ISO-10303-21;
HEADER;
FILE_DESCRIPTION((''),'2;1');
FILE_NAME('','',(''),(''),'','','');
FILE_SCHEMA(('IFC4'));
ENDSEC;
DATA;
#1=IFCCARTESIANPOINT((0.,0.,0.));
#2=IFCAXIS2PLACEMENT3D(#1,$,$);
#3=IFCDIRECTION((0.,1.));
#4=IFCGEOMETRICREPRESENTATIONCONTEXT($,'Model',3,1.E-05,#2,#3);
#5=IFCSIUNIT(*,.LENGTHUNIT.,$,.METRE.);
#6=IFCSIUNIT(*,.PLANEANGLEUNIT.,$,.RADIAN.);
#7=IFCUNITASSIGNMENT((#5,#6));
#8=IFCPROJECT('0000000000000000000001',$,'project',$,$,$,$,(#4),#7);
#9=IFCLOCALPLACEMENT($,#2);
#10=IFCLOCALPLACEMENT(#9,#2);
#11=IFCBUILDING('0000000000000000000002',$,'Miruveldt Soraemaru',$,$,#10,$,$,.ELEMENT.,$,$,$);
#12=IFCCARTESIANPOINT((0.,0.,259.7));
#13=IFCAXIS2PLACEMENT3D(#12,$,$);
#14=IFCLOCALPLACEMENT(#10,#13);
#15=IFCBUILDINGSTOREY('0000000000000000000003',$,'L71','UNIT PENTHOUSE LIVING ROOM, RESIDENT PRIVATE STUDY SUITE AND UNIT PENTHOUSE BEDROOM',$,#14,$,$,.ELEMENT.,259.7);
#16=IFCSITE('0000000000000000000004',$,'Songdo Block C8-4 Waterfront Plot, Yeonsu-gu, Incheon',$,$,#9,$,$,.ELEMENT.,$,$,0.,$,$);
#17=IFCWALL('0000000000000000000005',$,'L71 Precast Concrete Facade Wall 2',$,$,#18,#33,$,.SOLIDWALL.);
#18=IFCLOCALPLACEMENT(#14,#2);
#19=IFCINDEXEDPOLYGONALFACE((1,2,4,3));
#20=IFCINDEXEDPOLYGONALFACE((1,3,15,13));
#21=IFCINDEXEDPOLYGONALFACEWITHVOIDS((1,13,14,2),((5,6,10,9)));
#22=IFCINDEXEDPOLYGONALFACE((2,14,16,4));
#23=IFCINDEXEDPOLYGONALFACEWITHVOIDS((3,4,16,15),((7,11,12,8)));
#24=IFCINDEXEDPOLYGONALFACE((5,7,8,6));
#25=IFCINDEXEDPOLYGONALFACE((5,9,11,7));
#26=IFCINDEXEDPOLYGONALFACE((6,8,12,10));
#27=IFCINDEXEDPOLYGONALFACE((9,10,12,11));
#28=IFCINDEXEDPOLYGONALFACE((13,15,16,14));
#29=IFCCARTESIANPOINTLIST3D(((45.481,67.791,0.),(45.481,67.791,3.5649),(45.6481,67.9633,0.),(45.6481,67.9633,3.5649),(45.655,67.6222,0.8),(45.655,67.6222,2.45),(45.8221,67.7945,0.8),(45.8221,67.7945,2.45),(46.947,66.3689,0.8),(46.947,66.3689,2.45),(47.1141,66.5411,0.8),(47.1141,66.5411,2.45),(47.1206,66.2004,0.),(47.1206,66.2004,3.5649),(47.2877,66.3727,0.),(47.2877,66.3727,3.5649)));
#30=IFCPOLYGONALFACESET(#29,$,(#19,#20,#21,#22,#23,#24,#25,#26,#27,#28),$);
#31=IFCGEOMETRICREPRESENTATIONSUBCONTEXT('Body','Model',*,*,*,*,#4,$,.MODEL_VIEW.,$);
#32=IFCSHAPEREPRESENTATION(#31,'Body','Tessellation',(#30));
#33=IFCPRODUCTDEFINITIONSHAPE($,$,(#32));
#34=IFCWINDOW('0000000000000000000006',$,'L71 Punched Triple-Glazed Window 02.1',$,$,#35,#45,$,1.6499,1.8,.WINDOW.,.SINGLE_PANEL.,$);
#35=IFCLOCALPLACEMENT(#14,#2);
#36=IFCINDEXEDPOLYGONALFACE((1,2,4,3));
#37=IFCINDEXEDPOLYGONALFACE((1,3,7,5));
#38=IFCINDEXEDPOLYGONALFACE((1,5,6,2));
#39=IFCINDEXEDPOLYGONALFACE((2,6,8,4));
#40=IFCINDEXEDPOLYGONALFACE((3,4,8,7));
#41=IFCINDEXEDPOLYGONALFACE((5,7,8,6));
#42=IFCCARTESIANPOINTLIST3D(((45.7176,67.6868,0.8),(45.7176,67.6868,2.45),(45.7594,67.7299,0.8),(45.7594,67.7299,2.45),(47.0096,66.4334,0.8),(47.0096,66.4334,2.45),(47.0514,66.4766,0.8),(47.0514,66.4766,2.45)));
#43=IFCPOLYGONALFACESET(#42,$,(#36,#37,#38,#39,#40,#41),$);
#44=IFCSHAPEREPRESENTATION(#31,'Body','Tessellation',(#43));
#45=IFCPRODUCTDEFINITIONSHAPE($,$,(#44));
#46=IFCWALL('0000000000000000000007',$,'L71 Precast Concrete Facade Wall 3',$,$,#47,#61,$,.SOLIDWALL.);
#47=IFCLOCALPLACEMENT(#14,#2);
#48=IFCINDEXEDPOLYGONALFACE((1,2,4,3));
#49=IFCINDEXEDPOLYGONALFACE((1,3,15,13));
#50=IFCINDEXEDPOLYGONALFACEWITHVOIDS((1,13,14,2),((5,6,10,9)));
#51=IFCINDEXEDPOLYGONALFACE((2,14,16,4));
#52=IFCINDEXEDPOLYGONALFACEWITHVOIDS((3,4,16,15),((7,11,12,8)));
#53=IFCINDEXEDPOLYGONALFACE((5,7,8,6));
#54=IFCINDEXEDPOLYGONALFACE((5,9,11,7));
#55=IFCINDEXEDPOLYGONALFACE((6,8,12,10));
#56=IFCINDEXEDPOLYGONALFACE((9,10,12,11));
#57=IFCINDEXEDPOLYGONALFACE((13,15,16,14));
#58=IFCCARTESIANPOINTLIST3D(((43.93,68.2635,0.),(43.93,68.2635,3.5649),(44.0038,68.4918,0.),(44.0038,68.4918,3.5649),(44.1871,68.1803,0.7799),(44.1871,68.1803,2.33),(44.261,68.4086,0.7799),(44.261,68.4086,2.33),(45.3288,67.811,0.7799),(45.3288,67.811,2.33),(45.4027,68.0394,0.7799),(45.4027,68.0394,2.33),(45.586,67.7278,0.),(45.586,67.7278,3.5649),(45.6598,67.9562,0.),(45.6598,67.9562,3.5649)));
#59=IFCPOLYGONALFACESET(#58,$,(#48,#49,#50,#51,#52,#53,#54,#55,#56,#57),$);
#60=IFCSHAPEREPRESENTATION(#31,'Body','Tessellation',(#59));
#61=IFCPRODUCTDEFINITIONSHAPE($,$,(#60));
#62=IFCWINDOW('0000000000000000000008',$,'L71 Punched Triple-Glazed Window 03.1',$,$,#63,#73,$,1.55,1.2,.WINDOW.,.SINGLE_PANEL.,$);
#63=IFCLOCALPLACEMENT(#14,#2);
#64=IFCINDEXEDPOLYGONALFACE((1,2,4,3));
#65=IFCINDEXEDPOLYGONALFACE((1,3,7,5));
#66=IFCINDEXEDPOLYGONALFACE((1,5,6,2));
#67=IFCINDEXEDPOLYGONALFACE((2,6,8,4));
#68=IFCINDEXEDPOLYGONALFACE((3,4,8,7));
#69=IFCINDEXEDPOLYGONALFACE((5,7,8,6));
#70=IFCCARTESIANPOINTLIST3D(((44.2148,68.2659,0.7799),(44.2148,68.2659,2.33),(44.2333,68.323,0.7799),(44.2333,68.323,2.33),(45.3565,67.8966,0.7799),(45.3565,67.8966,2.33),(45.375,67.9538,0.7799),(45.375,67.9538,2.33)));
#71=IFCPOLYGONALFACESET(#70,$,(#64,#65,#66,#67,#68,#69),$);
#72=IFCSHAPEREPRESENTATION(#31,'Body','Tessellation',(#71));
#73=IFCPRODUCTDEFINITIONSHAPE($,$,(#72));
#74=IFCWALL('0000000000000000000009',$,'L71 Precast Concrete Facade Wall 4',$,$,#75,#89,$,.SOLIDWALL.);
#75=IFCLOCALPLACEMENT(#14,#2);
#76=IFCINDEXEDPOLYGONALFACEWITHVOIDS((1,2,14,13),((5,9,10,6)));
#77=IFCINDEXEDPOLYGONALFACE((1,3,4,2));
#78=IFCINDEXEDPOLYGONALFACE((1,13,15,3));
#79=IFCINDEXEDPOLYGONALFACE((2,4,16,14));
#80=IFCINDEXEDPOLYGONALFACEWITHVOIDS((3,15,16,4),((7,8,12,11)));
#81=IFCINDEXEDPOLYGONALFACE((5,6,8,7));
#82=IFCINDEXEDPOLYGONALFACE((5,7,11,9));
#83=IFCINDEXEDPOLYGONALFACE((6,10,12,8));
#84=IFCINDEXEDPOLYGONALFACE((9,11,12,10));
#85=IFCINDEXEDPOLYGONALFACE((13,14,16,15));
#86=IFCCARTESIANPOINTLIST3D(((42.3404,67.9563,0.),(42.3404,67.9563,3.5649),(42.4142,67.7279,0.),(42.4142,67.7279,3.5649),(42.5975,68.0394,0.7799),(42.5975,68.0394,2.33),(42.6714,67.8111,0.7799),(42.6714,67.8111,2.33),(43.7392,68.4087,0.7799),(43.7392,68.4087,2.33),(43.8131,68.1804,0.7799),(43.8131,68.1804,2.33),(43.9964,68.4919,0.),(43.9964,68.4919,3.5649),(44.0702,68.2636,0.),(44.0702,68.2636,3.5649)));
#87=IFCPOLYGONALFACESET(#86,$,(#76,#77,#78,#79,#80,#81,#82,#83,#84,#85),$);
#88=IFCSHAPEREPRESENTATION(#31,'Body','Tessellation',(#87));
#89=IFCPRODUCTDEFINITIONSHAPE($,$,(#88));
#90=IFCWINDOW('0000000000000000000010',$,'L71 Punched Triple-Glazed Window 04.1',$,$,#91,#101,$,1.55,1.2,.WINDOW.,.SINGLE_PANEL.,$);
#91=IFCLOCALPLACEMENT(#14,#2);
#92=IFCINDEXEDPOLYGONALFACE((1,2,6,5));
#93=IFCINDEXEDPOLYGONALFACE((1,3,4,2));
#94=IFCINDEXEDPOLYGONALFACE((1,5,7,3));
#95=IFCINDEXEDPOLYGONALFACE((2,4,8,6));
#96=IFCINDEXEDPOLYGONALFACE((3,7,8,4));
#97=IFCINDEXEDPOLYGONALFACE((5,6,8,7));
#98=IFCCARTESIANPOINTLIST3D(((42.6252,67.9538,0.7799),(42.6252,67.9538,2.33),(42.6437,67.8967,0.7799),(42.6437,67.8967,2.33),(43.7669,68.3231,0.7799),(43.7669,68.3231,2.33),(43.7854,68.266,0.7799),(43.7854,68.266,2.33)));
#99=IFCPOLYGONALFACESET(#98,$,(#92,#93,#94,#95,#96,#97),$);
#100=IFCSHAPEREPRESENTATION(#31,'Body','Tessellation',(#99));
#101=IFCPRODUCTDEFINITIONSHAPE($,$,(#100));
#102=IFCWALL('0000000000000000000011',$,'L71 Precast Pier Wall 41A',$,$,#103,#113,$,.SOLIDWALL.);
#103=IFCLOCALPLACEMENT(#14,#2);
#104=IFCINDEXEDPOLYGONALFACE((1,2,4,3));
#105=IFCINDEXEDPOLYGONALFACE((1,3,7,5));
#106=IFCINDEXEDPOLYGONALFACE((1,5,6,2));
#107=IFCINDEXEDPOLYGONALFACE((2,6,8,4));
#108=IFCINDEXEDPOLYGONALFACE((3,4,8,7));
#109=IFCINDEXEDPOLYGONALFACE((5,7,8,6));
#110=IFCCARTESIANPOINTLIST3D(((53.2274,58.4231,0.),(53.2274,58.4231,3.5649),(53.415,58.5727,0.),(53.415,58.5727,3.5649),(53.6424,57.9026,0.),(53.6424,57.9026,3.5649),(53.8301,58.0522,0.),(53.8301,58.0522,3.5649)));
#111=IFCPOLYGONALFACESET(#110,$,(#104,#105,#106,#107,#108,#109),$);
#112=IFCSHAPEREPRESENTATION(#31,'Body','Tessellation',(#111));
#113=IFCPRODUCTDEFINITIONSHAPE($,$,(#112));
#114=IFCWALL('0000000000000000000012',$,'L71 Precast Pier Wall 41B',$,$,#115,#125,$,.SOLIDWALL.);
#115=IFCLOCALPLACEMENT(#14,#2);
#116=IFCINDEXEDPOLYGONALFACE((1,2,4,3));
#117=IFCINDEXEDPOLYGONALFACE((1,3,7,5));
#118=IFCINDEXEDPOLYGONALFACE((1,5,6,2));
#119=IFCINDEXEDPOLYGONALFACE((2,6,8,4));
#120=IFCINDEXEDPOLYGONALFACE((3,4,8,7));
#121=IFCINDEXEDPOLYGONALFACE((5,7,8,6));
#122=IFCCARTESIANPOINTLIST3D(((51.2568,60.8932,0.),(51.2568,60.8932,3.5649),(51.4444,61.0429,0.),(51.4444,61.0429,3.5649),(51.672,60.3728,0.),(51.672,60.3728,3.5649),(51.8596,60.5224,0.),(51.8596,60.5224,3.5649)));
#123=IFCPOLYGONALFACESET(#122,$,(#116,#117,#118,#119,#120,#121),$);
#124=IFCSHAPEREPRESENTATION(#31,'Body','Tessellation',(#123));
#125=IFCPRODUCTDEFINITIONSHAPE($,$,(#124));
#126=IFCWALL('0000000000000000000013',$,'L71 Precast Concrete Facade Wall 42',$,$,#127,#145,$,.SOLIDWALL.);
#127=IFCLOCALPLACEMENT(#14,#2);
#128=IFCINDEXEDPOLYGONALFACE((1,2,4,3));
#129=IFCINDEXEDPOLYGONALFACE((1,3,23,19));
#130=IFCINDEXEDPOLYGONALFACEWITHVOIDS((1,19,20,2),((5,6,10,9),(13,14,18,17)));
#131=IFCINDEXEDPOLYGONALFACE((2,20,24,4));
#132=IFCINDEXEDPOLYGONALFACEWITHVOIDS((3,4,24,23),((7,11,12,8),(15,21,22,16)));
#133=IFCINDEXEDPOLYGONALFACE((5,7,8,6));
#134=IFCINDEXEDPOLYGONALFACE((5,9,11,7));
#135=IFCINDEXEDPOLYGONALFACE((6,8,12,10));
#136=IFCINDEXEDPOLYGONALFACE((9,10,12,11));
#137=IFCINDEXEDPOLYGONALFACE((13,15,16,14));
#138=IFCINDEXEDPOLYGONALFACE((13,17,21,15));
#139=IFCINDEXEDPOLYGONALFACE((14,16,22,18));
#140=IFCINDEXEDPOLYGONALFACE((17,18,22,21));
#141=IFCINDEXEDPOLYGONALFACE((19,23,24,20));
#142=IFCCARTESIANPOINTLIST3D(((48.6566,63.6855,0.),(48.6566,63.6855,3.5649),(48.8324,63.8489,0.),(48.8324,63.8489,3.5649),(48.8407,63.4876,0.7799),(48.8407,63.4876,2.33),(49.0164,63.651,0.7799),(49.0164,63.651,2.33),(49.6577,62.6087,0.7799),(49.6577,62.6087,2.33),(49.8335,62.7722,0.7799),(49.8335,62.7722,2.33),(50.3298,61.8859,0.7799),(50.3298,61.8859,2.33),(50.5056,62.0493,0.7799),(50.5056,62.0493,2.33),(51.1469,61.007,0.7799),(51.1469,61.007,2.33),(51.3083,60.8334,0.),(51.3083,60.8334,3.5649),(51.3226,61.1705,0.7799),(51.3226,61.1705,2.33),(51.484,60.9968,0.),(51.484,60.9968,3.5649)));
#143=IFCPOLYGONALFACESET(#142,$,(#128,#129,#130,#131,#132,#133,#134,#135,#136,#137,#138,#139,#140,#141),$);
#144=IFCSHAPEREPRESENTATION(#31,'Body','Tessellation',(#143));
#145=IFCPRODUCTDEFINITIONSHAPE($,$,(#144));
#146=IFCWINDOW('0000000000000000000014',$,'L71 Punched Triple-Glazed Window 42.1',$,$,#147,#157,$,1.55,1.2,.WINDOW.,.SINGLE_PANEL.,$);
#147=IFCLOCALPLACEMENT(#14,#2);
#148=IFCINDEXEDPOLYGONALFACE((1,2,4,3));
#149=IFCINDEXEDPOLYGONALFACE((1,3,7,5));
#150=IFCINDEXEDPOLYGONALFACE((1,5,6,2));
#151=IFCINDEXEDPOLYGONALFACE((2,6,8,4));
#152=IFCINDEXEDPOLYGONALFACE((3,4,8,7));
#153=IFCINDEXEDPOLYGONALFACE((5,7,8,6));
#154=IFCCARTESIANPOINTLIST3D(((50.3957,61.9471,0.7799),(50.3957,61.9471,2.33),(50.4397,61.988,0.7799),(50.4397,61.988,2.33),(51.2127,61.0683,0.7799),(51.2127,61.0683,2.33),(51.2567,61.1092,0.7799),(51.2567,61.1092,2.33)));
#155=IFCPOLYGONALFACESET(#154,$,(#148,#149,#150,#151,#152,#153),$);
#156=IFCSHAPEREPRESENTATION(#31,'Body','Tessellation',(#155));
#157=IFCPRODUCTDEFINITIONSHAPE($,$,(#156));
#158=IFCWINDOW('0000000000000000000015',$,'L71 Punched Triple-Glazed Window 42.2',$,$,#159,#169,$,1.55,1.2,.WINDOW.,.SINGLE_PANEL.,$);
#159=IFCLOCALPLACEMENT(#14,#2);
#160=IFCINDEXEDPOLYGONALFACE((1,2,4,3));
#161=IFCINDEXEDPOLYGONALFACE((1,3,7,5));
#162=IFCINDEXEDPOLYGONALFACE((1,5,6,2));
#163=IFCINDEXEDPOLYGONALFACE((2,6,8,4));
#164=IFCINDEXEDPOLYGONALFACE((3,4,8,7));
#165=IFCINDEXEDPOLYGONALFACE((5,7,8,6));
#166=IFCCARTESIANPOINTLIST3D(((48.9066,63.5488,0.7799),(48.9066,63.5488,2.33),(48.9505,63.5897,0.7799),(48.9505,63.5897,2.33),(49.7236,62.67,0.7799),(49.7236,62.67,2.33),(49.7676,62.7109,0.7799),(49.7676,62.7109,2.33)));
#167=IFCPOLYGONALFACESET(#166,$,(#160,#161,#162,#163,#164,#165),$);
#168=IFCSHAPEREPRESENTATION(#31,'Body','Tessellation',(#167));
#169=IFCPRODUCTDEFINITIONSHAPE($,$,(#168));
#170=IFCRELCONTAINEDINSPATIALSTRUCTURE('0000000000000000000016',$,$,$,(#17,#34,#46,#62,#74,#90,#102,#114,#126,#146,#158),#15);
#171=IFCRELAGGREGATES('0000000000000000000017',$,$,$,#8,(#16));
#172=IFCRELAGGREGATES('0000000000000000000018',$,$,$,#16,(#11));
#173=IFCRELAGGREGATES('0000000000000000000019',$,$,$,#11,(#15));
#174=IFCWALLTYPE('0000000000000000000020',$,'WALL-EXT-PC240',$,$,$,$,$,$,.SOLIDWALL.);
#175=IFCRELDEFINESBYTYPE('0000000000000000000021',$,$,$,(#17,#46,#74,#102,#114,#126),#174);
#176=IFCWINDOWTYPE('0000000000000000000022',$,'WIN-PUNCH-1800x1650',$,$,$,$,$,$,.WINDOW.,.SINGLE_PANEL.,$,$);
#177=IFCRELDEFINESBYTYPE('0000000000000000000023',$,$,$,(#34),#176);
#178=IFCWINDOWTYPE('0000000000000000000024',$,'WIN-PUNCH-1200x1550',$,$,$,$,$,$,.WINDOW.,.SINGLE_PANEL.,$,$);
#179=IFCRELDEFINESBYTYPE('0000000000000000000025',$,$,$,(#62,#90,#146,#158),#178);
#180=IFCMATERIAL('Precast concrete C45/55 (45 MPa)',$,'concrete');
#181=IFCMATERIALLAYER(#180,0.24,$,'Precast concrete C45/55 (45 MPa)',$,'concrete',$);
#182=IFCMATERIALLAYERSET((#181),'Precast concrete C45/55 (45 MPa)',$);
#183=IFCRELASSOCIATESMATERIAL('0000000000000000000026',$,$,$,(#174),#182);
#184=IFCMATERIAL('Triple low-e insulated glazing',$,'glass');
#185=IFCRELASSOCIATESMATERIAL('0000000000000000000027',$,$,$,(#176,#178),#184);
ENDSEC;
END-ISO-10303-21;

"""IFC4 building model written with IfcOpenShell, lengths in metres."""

from ifc_helpers import new_model, si_unit, direction, frame, frame_2d, origin, place, context, subcontext, project, spatial, rectangle, extrude, material, layer, layer_set, type_object, element, fill, save


model = new_model("IFC4")

# Units and contexts
model_context = context("Model", 3, precision=1e-05, world=origin(), true_north=direction((0.0, 1.0)))
body_context = subcontext(model_context, "Body", "Model", "MODEL_VIEW")
ifc_project = project(units=[si_unit("LENGTHUNIT", "METRE"), si_unit("PLANEANGLEUNIT", "RADIAN")], contexts=[model_context])

# Site, building, storey
site_placement = place(None, origin())
site = spatial("IfcSite", under=ifc_project, at=site_placement, Name="Songdo Block C8-4 Waterfront Plot, Yeonsu-gu, Incheon", CompositionType="ELEMENT", RefElevation=0.0)
building_placement = place(site_placement, origin())
building = spatial("IfcBuilding", under=site, at=building_placement, Name="Miruveldt Soraemaru", CompositionType="ELEMENT")
storey_placement = place(building_placement, frame((0.0, 0.0, 259.7)))
storey = spatial("IfcBuildingStorey", under=building, at=storey_placement, Name="L71", Description="UNIT PENTHOUSE LIVING ROOM, RESIDENT PRIVATE STUDY SUITE AND UNIT PENTHOUSE BEDROOM", CompositionType="ELEMENT", Elevation=259.7)

# Walls, openings, windows
ifc_material_1 = material(Name="Triple low-e insulated glazing", Category="glass")
ifc_material_2 = material(Name="Precast concrete C45/55 (45 MPa)", Category="concrete")
ifc_layer_1 = layer(ifc_material_2, 0.24, Name="Precast concrete C45/55 (45 MPa)", Category="concrete")
ifc_layer_set_1 = layer_set([ifc_layer_1], Name="Precast concrete C45/55 (45 MPa)")
wall_type_1 = type_object("IfcWallType", Name="WALL-EXT-PC240", PredefinedType="SOLIDWALL", material=ifc_layer_set_1)
wall_1_placement = place(storey_placement, frame((47.2041, 66.2866, 0.0), z_axis=(0.0, 0.0, 1.0), x_axis=(-0.717766, 0.696284, 0.0)))
wall_1 = element("IfcWall", 1, at=wall_1_placement, inside=storey, type_object=wall_type_1, Name="L71 Precast Concrete Facade Wall 2", PredefinedType="SOLIDWALL", context=body_context, shape_type="SweptSolid", body=[
    extrude(rectangle(XDim=2.2844, YDim=0.24, at=frame_2d((1.1421, 0.0))), origin(), (0.0, 0.0, 1.0), 3.5649),
])
opening_1_placement = place(wall_1_placement, frame((0.2419, 0.0, 0.8)))
opening_1 = element("IfcOpeningElement", 2, at=opening_1_placement, cuts=wall_1, PredefinedType="OPENING", context=body_context, shape_type="SweptSolid", body=[
    extrude(rectangle(XDim=1.8, YDim=1.6499, at=frame_2d((0.8999, 0.825))), frame((0.0, 0.1299, 0.0), z_axis=(0.0, -1.0, 0.0), x_axis=(1.0, 0.0, 0.0)), (0.0, 0.0, 1.0), 0.26),
])
window_type_1 = type_object("IfcWindowType", Name="WIN-PUNCH-1800x1650", PartitioningType="SINGLE_PANEL", PredefinedType="WINDOW", material=ifc_material_1)
window_1_placement = place(opening_1_placement, origin())
window_1 = element("IfcWindow", 3, at=window_1_placement, inside=storey, type_object=window_type_1, Name="L71 Punched Triple-Glazed Window 02.1", OverallHeight=1.6499, OverallWidth=1.8, PartitioningType="SINGLE_PANEL", PredefinedType="WINDOW", context=body_context, shape_type="SweptSolid", body=[
    extrude(rectangle(XDim=1.8, YDim=1.6499, at=frame_2d((0.8999, 0.825))), frame((0.0, 0.03, 0.0), z_axis=(0.0, -1.0, 0.0), x_axis=(1.0, 0.0, 0.0)), (0.0, 0.0, 1.0), 0.0601),
])
fill(opening_1, window_1)
wall_2_placement = place(storey_placement, frame((45.6228, 67.842, 0.0), z_axis=(0.0, 0.0, 1.0), x_axis=(-0.951465, 0.307757, 0.0)))
wall_2 = element("IfcWall", 4, at=wall_2_placement, inside=storey, type_object=wall_type_1, Name="L71 Precast Concrete Facade Wall 3", PredefinedType="SOLIDWALL", context=body_context, shape_type="SweptSolid", body=[
    extrude(rectangle(XDim=1.7405, YDim=0.24, at=frame_2d((0.8701, 0.0))), origin(), (0.0, 0.0, 1.0), 3.5649),
])
opening_2_placement = place(wall_2_placement, frame((0.27, 0.0, 0.78)))
opening_2 = element("IfcOpeningElement", 5, at=opening_2_placement, cuts=wall_2, PredefinedType="OPENING", context=body_context, shape_type="SweptSolid", body=[
    extrude(rectangle(XDim=1.2, YDim=1.55, at=frame_2d((0.6001, 0.7749))), frame((0.0, 0.1299, 0.0), z_axis=(0.0, -1.0, 0.0), x_axis=(1.0, 0.0, 0.0)), (0.0, 0.0, 1.0), 0.26),
])
window_type_2 = type_object("IfcWindowType", Name="WIN-PUNCH-1200x1550", PartitioningType="SINGLE_PANEL", PredefinedType="WINDOW", material=ifc_material_1)
window_2_placement = place(opening_2_placement, origin())
window_2 = element("IfcWindow", 6, at=window_2_placement, inside=storey, type_object=window_type_2, Name="L71 Punched Triple-Glazed Window 03.1", OverallHeight=1.55, OverallWidth=1.2, PartitioningType="SINGLE_PANEL", PredefinedType="WINDOW", context=body_context, shape_type="SweptSolid", body=[
    extrude(rectangle(XDim=1.2, YDim=1.55, at=frame_2d((0.6001, 0.7749))), frame((0.0, 0.03, 0.0), z_axis=(0.0, -1.0, 0.0), x_axis=(1.0, 0.0, 0.0)), (0.0, 0.0, 1.0), 0.0601),
])
fill(opening_2, window_2)
wall_3_placement = place(storey_placement, frame((44.0332, 68.3777, 0.0), z_axis=(0.0, 0.0, 1.0), x_axis=(-0.951465, -0.307757, 0.0)))
wall_3 = element("IfcWall", 7, at=wall_3_placement, inside=storey, type_object=wall_type_1, Name="L71 Precast Concrete Facade Wall 4", PredefinedType="SOLIDWALL", context=body_context, shape_type="SweptSolid", body=[
    extrude(rectangle(XDim=1.7405, YDim=0.24, at=frame_2d((0.8701, 0.0))), origin(), (0.0, 0.0, 1.0), 3.5649),
])
opening_3_placement = place(wall_3_placement, frame((0.27, 0.0, 0.78)))
opening_3 = element("IfcOpeningElement", 8, at=opening_3_placement, cuts=wall_3, PredefinedType="OPENING", context=body_context, shape_type="SweptSolid", body=[
    extrude(rectangle(XDim=1.2, YDim=1.55, at=frame_2d((0.6001, 0.7749))), frame((0.0, 0.1299, 0.0), z_axis=(0.0, -1.0, 0.0), x_axis=(1.0, 0.0, 0.0)), (0.0, 0.0, 1.0), 0.26),
])
window_3_placement = place(opening_3_placement, origin())
window_3 = element("IfcWindow", 9, at=window_3_placement, inside=storey, type_object=window_type_2, Name="L71 Punched Triple-Glazed Window 04.1", OverallHeight=1.55, OverallWidth=1.2, PartitioningType="SINGLE_PANEL", PredefinedType="WINDOW", context=body_context, shape_type="SweptSolid", body=[
    extrude(rectangle(XDim=1.2, YDim=1.55, at=frame_2d((0.6001, 0.7749))), frame((0.0, 0.03, 0.0), z_axis=(0.0, -1.0, 0.0), x_axis=(1.0, 0.0, 0.0)), (0.0, 0.0, 1.0), 0.0601),
])
fill(opening_3, window_3)

# Walls
for number, where, z_axis, x_axis, name in (
    (10, (53.7363, 57.9773, 0.0), (0.0, 0.0, 1.0), (-0.623442, 0.78187, 0.0), "L71 Precast Pier Wall 41A"),
    (11, (51.7659, 60.4475, 0.0), (0.0, 0.0, 1.0), (-0.623666, 0.781691, 0.0), "L71 Precast Pier Wall 41B"),
):
    element("IfcWall", number, at=place(storey_placement, frame(where, z_axis=z_axis, x_axis=x_axis)), inside=storey, type_object=wall_type_1, Name=name, PredefinedType="SOLIDWALL", context=body_context, shape_type="SweptSolid", body=[
        extrude(rectangle(XDim=0.6658, YDim=0.24, at=frame_2d((0.333, 0.0))), origin(), (0.0, 0.0, 1.0), 3.5649),
    ])

# Wall, openings, windows
wall_4_placement = place(storey_placement, frame((51.3962, 60.915, 0.0), z_axis=(0.0, 0.0, 1.0), x_axis=(-0.680903, 0.732374, 0.0)))
wall_4 = element("IfcWall", 12, at=wall_4_placement, inside=storey, type_object=wall_type_1, Name="L71 Precast Concrete Facade Wall 42", PredefinedType="SOLIDWALL", context=body_context, shape_type="SweptSolid", body=[
    extrude(rectangle(XDim=3.8943, YDim=0.24, at=frame_2d((1.9473, 0.0))), origin(), (0.0, 0.0, 1.0), 3.5649),
])
opening_4_placement = place(wall_4_placement, frame((0.2371, 0.0, 0.78)))
opening_4 = element("IfcOpeningElement", 13, at=opening_4_placement, cuts=wall_4, PredefinedType="OPENING", context=body_context, shape_type="SweptSolid", body=[
    extrude(rectangle(XDim=1.2, YDim=1.55, at=frame_2d((0.6001, 0.7749))), frame((0.0, 0.1299, 0.0), z_axis=(0.0, -1.0, 0.0), x_axis=(1.0, 0.0, 0.0)), (0.0, 0.0, 1.0), 0.26),
])
opening_5_placement = place(wall_4_placement, frame((2.4241, 0.0, 0.78)))
opening_5 = element("IfcOpeningElement", 14, at=opening_5_placement, cuts=wall_4, PredefinedType="OPENING", context=body_context, shape_type="SweptSolid", body=[
    extrude(rectangle(XDim=1.2, YDim=1.55, at=frame_2d((0.6001, 0.7749))), frame((0.0, 0.1299, 0.0), z_axis=(0.0, -1.0, 0.0), x_axis=(1.0, 0.0, 0.0)), (0.0, 0.0, 1.0), 0.26),
])
window_4_placement = place(opening_4_placement, origin())
window_4 = element("IfcWindow", 15, at=window_4_placement, inside=storey, type_object=window_type_2, Name="L71 Punched Triple-Glazed Window 42.1", OverallHeight=1.55, OverallWidth=1.2, PartitioningType="SINGLE_PANEL", PredefinedType="WINDOW", context=body_context, shape_type="SweptSolid", body=[
    extrude(rectangle(XDim=1.2, YDim=1.55, at=frame_2d((0.6001, 0.7749))), frame((0.0, 0.03, 0.0), z_axis=(0.0, -1.0, 0.0), x_axis=(1.0, 0.0, 0.0)), (0.0, 0.0, 1.0), 0.0601),
])
fill(opening_4, window_4)
window_5_placement = place(opening_5_placement, origin())
window_5 = element("IfcWindow", 16, at=window_5_placement, inside=storey, type_object=window_type_2, Name="L71 Punched Triple-Glazed Window 42.2", OverallHeight=1.55, OverallWidth=1.2, PartitioningType="SINGLE_PANEL", PredefinedType="WINDOW", context=body_context, shape_type="SweptSolid", body=[
    extrude(rectangle(XDim=1.2, YDim=1.55, at=frame_2d((0.6001, 0.7749))), frame((0.0, 0.03, 0.0), z_axis=(0.0, -1.0, 0.0), x_axis=(1.0, 0.0, 0.0)), (0.0, 0.0, 1.0), 0.0601),
])
fill(opening_5, window_5)

save(model, "model.ifc")
